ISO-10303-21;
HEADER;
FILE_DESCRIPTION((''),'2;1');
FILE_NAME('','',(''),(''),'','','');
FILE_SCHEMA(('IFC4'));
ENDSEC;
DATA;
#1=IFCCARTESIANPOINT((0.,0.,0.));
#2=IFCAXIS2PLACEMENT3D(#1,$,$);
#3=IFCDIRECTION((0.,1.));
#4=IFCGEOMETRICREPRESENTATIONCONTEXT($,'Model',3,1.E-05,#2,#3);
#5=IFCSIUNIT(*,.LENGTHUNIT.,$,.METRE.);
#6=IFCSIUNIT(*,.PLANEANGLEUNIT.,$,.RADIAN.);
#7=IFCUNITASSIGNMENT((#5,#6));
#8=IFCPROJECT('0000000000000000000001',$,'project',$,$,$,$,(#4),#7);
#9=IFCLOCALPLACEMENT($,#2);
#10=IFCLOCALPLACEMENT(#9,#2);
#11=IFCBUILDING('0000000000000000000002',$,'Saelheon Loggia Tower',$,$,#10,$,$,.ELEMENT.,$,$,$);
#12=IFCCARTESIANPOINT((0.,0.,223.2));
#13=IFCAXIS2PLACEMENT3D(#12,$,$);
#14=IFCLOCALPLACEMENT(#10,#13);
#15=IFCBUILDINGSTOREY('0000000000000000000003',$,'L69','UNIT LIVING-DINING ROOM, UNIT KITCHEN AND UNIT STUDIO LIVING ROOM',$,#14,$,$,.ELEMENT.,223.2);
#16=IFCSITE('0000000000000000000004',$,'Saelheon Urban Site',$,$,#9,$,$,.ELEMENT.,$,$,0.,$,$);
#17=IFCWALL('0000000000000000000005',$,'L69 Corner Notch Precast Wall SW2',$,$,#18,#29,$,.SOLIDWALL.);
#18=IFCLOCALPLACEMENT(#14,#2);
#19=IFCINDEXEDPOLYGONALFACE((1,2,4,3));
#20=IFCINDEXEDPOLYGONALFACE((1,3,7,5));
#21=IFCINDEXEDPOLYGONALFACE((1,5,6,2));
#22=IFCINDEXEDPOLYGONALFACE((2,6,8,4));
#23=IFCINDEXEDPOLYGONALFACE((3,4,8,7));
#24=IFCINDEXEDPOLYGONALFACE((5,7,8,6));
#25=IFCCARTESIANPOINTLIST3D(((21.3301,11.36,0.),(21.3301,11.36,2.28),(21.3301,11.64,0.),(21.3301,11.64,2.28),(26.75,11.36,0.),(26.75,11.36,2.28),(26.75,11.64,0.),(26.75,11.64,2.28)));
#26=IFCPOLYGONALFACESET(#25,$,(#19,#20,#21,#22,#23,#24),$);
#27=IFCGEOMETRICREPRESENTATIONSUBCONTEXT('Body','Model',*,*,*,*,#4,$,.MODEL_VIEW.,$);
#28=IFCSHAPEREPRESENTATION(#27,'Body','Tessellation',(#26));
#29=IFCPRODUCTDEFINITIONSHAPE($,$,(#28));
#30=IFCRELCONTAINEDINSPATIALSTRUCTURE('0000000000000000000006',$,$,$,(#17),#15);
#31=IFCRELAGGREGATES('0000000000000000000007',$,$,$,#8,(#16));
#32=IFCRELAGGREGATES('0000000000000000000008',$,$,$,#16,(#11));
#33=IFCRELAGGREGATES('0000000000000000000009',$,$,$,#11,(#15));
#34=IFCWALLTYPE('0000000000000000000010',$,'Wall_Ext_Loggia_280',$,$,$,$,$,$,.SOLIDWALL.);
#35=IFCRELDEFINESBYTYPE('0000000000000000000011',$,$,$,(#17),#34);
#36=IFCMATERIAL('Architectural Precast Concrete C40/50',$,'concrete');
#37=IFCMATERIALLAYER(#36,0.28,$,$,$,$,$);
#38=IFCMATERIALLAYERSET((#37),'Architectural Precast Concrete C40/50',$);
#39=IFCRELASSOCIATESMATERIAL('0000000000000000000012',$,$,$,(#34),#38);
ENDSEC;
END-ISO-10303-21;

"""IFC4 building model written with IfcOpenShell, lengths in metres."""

from ifc_helpers import new_model, si_unit, direction, frame, frame_2d, origin, place, context, subcontext, project, spatial, rectangle, extrude, material, layer, layer_set, type_object, element, save


model = new_model("IFC4")

# Units and contexts
model_context = context("Model", 3, precision=1e-05, world=origin(), true_north=direction((0.0, 1.0)))
body_context = subcontext(model_context, "Body", "Model", "MODEL_VIEW")
ifc_project = project(units=[si_unit("LENGTHUNIT", "METRE"), si_unit("PLANEANGLEUNIT", "RADIAN")], contexts=[model_context])

# Site, building, storey
site_placement = place(None, origin())
site = spatial("IfcSite", under=ifc_project, at=site_placement, Name="Saelheon Urban Site", CompositionType="ELEMENT", RefElevation=0.0)
building_placement = place(site_placement, origin())
building = spatial("IfcBuilding", under=site, at=building_placement, Name="Saelheon Loggia Tower", CompositionType="ELEMENT")
storey_placement = place(building_placement, frame((0.0, 0.0, 223.2)))
storey = spatial("IfcBuildingStorey", under=building, at=storey_placement, Name="L69", Description="UNIT LIVING-DINING ROOM, UNIT KITCHEN AND UNIT STUDIO LIVING ROOM", CompositionType="ELEMENT", Elevation=223.2)

# Shared definitions
ifc_material_1 = material(Name="Architectural Precast Concrete C40/50", Category="concrete")
ifc_layer = layer(ifc_material_1, 0.28)
ifc_layer_set = layer_set([ifc_layer], Name="Architectural Precast Concrete C40/50")
wall_type = type_object("IfcWallType", Name="Wall_Ext_Loggia_280", PredefinedType="SOLIDWALL", material=ifc_layer_set)

# Wall
for number, where, z_axis, x_axis, name in (
    (1, (21.3301, 11.5, 0.0), (0.0, 0.0, 1.0), (1.0, 0.0, 0.0), "L69 Corner Notch Precast Wall SW2"),
):
    element("IfcWall", number, at=place(storey_placement, frame(where, z_axis=z_axis, x_axis=x_axis)), inside=storey, type_object=wall_type, Name=name, PredefinedType="SOLIDWALL", context=body_context, shape_type="SweptSolid", body=[
        extrude(rectangle(XDim=5.4199, YDim=0.28, at=frame_2d((2.71, 0.0))), origin(), (0.0, 0.0, 1.0), 2.28),
    ])

save(model, "model.ifc")
